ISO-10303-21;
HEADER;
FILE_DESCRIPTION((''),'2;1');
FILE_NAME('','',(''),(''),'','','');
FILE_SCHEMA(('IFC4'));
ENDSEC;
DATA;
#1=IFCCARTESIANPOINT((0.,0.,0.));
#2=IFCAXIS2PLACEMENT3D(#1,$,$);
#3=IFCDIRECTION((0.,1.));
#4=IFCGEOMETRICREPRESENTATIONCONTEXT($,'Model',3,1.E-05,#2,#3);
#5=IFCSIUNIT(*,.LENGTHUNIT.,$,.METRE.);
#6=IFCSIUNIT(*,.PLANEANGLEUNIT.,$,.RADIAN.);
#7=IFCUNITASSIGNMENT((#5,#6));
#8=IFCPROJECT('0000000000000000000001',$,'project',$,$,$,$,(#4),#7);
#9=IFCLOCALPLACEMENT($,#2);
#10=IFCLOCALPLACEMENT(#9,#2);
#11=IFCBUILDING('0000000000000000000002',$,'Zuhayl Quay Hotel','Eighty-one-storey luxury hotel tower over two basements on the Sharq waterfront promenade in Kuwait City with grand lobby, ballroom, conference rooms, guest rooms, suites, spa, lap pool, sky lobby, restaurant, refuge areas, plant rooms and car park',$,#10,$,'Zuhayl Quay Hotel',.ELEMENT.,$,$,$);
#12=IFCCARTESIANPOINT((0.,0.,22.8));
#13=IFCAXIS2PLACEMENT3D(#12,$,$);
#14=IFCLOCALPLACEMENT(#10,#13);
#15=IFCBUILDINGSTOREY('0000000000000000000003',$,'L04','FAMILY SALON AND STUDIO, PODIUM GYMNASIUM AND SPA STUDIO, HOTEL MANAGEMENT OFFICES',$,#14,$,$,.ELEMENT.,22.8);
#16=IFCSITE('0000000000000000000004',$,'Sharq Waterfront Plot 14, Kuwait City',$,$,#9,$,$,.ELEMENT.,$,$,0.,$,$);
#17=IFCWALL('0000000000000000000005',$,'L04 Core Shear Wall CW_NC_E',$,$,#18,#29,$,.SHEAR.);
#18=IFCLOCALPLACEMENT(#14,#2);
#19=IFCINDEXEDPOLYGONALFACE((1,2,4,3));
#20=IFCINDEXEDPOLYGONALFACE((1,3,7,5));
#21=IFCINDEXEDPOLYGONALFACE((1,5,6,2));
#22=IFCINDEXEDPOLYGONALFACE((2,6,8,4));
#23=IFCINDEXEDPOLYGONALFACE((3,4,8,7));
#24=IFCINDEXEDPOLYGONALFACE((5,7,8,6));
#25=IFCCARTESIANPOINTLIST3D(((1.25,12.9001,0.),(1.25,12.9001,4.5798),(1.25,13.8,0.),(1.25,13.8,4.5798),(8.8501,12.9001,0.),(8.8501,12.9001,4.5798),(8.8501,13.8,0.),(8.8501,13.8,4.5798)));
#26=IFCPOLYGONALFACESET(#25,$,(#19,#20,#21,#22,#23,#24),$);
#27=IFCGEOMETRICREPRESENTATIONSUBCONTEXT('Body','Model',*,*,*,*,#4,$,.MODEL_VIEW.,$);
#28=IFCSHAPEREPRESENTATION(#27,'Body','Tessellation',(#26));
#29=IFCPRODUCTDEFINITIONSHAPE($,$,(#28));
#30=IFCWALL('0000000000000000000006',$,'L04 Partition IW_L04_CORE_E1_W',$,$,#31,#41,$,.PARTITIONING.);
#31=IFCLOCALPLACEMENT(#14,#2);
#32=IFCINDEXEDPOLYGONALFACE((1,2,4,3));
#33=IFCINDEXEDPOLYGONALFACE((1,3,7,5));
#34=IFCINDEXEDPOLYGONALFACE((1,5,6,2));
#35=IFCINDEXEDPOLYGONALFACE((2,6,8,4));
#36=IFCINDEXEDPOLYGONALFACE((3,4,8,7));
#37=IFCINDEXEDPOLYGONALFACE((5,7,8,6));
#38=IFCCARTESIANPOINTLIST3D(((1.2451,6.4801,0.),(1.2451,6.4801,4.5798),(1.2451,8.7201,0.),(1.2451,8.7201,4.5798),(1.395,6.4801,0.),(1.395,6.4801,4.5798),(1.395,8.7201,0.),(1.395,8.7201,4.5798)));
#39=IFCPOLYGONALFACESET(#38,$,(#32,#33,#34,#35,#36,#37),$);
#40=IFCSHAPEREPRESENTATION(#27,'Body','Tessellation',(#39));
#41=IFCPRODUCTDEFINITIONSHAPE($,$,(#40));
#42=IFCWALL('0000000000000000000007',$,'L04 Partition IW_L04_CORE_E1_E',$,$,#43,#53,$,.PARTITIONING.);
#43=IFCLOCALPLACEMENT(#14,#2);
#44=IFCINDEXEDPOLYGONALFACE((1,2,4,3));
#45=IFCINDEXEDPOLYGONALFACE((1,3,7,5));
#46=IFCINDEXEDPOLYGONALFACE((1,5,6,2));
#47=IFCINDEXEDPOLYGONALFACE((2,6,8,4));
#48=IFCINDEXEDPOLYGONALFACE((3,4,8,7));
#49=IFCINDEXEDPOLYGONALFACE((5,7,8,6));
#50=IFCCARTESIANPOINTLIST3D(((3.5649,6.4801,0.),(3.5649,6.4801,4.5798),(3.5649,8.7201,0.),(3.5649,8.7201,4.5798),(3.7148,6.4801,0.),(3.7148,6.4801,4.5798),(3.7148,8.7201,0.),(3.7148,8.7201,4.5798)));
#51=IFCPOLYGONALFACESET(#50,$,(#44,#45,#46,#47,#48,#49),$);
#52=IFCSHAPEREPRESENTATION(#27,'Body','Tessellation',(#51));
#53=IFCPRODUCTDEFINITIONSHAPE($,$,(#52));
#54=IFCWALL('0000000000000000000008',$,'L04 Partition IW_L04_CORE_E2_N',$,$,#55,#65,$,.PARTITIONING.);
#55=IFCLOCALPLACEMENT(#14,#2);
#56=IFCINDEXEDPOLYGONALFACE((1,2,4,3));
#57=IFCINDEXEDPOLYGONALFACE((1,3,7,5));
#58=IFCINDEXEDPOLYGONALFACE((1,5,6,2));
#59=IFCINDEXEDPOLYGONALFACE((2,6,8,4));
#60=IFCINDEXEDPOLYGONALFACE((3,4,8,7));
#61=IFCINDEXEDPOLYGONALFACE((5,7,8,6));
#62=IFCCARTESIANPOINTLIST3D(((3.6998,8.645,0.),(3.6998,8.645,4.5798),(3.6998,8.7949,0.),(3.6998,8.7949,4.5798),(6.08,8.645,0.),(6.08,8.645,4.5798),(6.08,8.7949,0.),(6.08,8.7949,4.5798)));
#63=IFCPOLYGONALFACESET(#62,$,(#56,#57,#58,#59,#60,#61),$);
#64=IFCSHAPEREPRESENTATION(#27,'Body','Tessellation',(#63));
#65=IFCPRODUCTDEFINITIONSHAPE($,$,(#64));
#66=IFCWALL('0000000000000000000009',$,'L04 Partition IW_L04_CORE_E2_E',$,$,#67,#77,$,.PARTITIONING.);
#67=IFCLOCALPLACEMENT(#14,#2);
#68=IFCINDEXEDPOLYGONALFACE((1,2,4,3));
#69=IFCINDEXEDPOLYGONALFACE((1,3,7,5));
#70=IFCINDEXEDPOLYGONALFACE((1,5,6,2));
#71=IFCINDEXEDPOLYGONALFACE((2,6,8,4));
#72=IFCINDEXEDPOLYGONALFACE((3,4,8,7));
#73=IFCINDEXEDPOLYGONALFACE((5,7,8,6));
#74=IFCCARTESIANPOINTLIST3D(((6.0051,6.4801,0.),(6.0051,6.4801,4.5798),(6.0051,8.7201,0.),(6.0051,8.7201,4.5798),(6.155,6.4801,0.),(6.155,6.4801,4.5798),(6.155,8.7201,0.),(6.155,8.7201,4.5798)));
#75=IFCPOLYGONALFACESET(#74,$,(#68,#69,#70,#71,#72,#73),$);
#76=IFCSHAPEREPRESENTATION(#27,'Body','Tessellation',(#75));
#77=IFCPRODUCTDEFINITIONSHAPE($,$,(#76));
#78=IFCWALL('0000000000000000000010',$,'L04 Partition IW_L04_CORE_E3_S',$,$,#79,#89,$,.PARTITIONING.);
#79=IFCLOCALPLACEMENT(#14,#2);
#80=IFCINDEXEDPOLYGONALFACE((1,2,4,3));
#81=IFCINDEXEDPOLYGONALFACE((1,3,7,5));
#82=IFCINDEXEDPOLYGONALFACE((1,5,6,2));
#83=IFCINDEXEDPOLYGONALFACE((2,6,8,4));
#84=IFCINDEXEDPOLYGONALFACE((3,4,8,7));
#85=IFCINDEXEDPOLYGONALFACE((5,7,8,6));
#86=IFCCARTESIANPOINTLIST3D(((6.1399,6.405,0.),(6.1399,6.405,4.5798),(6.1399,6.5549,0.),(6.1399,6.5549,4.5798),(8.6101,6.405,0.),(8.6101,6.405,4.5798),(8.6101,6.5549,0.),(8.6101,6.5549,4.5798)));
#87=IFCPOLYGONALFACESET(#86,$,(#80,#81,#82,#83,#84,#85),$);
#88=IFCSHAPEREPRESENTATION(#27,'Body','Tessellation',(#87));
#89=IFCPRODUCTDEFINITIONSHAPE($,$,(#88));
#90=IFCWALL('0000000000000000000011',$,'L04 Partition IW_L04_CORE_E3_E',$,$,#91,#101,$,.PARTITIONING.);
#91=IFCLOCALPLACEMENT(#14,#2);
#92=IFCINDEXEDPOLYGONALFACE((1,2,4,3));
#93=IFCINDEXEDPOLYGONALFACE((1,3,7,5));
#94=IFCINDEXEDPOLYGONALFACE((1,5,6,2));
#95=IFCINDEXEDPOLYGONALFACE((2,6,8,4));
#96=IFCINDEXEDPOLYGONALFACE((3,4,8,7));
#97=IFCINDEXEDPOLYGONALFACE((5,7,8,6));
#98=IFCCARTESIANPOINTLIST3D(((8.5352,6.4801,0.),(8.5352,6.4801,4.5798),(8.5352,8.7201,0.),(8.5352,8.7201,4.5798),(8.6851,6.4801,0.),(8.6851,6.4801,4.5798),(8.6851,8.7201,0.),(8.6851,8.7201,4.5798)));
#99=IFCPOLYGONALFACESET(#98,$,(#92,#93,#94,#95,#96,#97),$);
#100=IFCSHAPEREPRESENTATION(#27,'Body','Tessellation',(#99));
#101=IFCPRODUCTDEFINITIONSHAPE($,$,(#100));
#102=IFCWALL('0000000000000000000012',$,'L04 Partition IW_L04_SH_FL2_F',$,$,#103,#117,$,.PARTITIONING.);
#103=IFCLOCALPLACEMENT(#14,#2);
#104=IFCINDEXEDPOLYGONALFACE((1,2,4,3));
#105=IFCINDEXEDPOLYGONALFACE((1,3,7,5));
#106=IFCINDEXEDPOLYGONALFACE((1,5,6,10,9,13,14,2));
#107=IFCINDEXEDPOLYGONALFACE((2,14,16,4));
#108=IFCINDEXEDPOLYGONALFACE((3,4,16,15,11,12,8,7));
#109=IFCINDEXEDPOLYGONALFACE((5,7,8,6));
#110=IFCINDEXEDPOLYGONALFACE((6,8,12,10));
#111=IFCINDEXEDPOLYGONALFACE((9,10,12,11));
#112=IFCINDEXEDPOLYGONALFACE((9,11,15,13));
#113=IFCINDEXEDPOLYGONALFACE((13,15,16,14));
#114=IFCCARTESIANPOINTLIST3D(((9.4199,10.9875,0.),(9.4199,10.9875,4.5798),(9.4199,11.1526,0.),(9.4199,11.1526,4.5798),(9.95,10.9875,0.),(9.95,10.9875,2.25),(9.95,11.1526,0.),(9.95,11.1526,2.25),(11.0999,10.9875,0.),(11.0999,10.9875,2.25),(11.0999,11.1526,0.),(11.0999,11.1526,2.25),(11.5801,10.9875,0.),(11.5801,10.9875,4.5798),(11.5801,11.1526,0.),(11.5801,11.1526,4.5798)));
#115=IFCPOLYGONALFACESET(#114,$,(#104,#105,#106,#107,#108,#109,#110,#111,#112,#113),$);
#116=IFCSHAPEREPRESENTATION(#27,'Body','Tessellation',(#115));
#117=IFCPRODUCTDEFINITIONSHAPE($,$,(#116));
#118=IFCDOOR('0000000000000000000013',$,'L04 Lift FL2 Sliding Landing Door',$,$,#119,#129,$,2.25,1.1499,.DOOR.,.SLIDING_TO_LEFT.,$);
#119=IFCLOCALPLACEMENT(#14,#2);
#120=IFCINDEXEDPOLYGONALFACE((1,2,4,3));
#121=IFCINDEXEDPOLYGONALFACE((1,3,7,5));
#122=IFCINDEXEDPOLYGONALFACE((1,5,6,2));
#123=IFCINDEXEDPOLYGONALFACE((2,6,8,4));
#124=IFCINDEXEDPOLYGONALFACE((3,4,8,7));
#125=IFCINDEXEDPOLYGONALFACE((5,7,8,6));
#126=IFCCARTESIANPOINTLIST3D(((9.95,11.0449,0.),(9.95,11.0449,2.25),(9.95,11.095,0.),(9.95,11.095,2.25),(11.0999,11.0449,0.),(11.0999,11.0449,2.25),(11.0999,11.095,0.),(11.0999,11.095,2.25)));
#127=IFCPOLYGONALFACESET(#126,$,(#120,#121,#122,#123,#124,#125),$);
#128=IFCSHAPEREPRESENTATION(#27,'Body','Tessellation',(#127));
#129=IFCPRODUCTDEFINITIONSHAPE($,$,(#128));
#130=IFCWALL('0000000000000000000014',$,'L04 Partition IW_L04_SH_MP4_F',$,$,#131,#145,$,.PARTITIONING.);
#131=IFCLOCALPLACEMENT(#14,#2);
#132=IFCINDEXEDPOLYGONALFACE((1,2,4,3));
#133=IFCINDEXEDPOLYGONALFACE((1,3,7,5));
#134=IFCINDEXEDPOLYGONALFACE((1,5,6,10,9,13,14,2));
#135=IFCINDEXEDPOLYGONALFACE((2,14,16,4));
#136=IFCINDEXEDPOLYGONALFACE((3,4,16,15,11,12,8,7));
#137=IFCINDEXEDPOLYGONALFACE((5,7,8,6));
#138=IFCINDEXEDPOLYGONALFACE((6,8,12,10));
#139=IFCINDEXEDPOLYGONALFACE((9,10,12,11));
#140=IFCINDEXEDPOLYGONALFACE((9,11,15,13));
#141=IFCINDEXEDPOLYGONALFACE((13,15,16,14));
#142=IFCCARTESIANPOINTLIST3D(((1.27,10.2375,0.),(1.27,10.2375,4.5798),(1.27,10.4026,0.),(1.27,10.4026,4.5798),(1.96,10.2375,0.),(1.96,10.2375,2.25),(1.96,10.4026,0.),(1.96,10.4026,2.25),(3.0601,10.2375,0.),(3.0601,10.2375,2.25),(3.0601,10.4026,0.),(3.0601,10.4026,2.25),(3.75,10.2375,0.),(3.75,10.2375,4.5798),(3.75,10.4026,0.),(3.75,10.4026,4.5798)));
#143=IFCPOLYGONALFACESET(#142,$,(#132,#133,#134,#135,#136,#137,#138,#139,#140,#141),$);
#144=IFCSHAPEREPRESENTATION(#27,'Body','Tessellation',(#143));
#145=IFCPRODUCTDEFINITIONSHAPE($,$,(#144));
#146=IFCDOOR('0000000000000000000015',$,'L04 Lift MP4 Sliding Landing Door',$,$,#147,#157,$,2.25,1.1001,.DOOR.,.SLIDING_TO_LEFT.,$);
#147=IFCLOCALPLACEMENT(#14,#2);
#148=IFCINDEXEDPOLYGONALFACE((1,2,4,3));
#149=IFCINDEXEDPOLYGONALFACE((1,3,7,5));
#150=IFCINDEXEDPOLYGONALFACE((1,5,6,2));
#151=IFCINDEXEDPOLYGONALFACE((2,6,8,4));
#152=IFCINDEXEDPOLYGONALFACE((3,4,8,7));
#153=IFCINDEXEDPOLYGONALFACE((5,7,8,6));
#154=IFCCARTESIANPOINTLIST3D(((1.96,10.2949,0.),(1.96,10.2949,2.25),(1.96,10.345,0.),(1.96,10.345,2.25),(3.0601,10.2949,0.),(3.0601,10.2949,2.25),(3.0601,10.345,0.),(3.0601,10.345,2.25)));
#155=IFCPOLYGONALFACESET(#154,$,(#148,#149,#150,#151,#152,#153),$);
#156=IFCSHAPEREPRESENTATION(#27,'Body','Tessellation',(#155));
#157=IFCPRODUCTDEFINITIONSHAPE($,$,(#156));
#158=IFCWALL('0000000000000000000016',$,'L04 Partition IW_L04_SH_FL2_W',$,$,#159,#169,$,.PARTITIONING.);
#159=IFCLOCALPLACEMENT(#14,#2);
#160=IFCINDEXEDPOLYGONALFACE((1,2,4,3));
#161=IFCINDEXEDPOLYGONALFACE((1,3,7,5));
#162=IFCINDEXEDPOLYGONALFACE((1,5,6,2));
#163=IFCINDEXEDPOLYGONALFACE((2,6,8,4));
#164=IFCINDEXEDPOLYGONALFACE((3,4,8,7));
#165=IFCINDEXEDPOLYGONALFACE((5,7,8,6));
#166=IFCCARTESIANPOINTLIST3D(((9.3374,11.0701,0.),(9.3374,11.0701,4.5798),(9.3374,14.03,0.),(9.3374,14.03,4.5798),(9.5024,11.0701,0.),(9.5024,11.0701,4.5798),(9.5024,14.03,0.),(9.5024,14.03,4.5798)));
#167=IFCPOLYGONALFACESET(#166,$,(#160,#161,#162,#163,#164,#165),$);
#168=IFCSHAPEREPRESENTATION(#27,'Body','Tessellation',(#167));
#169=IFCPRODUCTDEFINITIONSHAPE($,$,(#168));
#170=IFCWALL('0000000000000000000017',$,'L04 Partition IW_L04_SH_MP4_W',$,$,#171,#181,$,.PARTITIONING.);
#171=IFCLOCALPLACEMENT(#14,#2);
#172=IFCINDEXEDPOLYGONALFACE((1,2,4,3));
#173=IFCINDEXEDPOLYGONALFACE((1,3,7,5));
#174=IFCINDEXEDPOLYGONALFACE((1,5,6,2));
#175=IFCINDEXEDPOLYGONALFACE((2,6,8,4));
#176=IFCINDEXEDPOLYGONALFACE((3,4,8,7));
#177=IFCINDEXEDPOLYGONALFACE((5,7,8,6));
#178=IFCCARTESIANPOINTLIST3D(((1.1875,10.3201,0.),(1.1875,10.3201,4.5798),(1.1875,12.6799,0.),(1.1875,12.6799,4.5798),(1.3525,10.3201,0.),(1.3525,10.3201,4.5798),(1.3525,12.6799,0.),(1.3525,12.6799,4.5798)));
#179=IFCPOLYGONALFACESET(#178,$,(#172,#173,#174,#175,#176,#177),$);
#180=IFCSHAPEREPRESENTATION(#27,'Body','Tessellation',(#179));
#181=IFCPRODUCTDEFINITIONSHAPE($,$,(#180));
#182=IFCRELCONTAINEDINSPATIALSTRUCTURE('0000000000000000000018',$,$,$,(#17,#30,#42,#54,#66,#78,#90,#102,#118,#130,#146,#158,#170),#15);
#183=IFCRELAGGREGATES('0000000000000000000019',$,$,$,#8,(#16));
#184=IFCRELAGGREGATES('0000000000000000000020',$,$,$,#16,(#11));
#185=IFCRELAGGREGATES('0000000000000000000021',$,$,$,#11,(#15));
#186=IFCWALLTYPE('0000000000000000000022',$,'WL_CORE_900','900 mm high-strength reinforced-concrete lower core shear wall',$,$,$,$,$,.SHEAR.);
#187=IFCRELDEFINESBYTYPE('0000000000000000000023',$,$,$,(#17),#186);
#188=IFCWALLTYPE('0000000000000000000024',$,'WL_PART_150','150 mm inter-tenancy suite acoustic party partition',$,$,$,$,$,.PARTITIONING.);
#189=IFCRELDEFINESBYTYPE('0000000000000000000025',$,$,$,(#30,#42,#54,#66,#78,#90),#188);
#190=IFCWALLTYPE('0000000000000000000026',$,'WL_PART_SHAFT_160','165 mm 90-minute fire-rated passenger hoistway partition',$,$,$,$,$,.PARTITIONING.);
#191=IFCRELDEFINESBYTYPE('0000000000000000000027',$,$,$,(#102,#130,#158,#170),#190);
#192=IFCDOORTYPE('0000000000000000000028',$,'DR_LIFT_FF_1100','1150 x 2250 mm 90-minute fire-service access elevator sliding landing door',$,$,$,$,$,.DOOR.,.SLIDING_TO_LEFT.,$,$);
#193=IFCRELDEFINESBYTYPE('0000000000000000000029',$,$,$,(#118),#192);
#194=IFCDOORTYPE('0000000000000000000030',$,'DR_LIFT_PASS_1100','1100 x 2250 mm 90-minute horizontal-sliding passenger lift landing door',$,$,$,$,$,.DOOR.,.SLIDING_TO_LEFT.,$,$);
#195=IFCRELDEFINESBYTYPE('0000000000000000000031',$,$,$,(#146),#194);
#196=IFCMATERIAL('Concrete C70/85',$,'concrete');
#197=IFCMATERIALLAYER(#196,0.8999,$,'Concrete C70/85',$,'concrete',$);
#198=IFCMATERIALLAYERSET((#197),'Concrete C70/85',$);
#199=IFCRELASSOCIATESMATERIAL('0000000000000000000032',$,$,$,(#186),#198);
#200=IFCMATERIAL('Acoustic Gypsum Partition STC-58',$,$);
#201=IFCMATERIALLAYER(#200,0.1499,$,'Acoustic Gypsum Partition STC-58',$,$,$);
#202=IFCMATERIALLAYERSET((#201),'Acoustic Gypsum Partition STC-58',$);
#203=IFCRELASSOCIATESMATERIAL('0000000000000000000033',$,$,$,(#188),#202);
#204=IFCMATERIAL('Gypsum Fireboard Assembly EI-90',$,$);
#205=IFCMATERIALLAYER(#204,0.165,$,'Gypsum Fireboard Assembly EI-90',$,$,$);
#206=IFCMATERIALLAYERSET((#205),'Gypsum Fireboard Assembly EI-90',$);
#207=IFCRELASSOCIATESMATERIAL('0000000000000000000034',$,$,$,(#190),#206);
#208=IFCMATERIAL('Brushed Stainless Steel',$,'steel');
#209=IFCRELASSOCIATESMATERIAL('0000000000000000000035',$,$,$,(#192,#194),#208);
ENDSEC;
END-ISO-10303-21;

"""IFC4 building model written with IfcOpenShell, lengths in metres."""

from ifc_helpers import new_model, si_unit, direction, frame, frame_2d, origin, place, context, subcontext, project, spatial, rectangle, extrude, material, layer, layer_set, type_object, element, fill, save


model = new_model("IFC4")

# Units and contexts
model_context = context("Model", 3, precision=1e-05, world=origin(), true_north=direction((0.0, 1.0)))
body_context = subcontext(model_context, "Body", "Model", "MODEL_VIEW")
ifc_project = project(units=[si_unit("LENGTHUNIT", "METRE"), si_unit("PLANEANGLEUNIT", "RADIAN")], contexts=[model_context])

# Site, building, storey
site_placement = place(None, origin())
site = spatial("IfcSite", under=ifc_project, at=site_placement, Name="Sharq Waterfront Plot 14, Kuwait City", CompositionType="ELEMENT", RefElevation=0.0)
building_placement = place(site_placement, origin())
building = spatial("IfcBuilding", under=site, at=building_placement, Name="Zuhayl Quay Hotel", Description="Eighty-one-storey luxury hotel tower over two basements on the Sharq waterfront promenade in Kuwait City with grand lobby, ballroom, conference rooms, guest rooms, suites, spa, lap pool, sky lobby, restaurant, refuge areas, plant rooms and car park", LongName="Zuhayl Quay Hotel", CompositionType="ELEMENT")
storey_placement = place(building_placement, frame((0.0, 0.0, 22.8)))
storey = spatial("IfcBuildingStorey", under=building, at=storey_placement, Name="L04", Description="FAMILY SALON AND STUDIO, PODIUM GYMNASIUM AND SPA STUDIO, HOTEL MANAGEMENT OFFICES", CompositionType="ELEMENT", Elevation=22.8)

# Wall
ifc_material_1 = material(Name="Concrete C70/85", Category="concrete")
ifc_layer_1 = layer(ifc_material_1, 0.8999, Name="Concrete C70/85", Category="concrete")
ifc_layer_set_1 = layer_set([ifc_layer_1], Name="Concrete C70/85")
wall_type_1 = type_object("IfcWallType", Name="WL_CORE_900", Description="900 mm high-strength reinforced-concrete lower core shear wall", PredefinedType="SHEAR", material=ifc_layer_set_1)
wall_1_placement = place(storey_placement, frame((1.25, 13.3501, 0.0), z_axis=(0.0, 0.0, 1.0), x_axis=(1.0, 0.0, 0.0)))
element("IfcWall", 1, at=wall_1_placement, inside=storey, type_object=wall_type_1, Name="L04 Core Shear Wall CW_NC_E", PredefinedType="SHEAR", context=body_context, shape_type="SweptSolid", body=[
    extrude(rectangle(XDim=7.6001, YDim=0.8999, at=frame_2d((3.8, 0.0))), origin(), (0.0, 0.0, 1.0), 4.5798),
])

# Shared definitions
ifc_material_2 = material(Name="Acoustic Gypsum Partition STC-58")
ifc_layer_2 = layer(ifc_material_2, 0.1499, Name="Acoustic Gypsum Partition STC-58")
ifc_layer_set_2 = layer_set([ifc_layer_2], Name="Acoustic Gypsum Partition STC-58")
wall_type_2 = type_object("IfcWallType", Name="WL_PART_150", Description="150 mm inter-tenancy suite acoustic party partition", PredefinedType="PARTITIONING", material=ifc_layer_set_2)

# Walls
for number, where, z_axis, x_axis, name in (
    (2, (1.3201, 6.48, 0.0), (0.0, 0.0, 1.0), (0.0, 1.0, 0.0), "L04 Partition IW_L04_CORE_E1_W"),
    (3, (3.6399, 6.48, 0.0), (0.0, 0.0, 1.0), (0.0, 1.0, 0.0), "L04 Partition IW_L04_CORE_E1_E"),
):
    element("IfcWall", number, at=place(storey_placement, frame(where, z_axis=z_axis, x_axis=x_axis)), inside=storey, type_object=wall_type_2, Name=name, PredefinedType="PARTITIONING", context=body_context, shape_type="SweptSolid", body=[
        extrude(rectangle(XDim=2.24, YDim=0.1499, at=frame_2d((1.1201, 0.0))), origin(), (0.0, 0.0, 1.0), 4.5798),
    ])
wall_2_placement = place(storey_placement, frame((3.7, 8.72, 0.0), z_axis=(0.0, 0.0, 1.0), x_axis=(1.0, 0.0, 0.0)))
element("IfcWall", 4, at=wall_2_placement, inside=storey, type_object=wall_type_2, Name="L04 Partition IW_L04_CORE_E2_N", PredefinedType="PARTITIONING", context=body_context, shape_type="SweptSolid", body=[
    extrude(rectangle(XDim=2.3801, YDim=0.1499, at=frame_2d((1.1899, 0.0))), origin(), (0.0, 0.0, 1.0), 4.5798),
])
wall_3_placement = place(storey_placement, frame((6.0801, 6.48, 0.0), z_axis=(0.0, 0.0, 1.0), x_axis=(0.0, 1.0, 0.0)))
element("IfcWall", 5, at=wall_3_placement, inside=storey, type_object=wall_type_2, Name="L04 Partition IW_L04_CORE_E2_E", PredefinedType="PARTITIONING", context=body_context, shape_type="SweptSolid", body=[
    extrude(rectangle(XDim=2.24, YDim=0.1499, at=frame_2d((1.1201, 0.0))), origin(), (0.0, 0.0, 1.0), 4.5798),
])
wall_4_placement = place(storey_placement, frame((6.1399, 6.48, 0.0), z_axis=(0.0, 0.0, 1.0), x_axis=(1.0, 0.0, 0.0)))
element("IfcWall", 6, at=wall_4_placement, inside=storey, type_object=wall_type_2, Name="L04 Partition IW_L04_CORE_E3_S", PredefinedType="PARTITIONING", context=body_context, shape_type="SweptSolid", body=[
    extrude(rectangle(XDim=2.4702, YDim=0.1499, at=frame_2d((1.2351, 0.0))), origin(), (0.0, 0.0, 1.0), 4.5798),
])
wall_5_placement = place(storey_placement, frame((8.6101, 6.48, 0.0), z_axis=(0.0, 0.0, 1.0), x_axis=(0.0, 1.0, 0.0)))
element("IfcWall", 7, at=wall_5_placement, inside=storey, type_object=wall_type_2, Name="L04 Partition IW_L04_CORE_E3_E", PredefinedType="PARTITIONING", context=body_context, shape_type="SweptSolid", body=[
    extrude(rectangle(XDim=2.24, YDim=0.1499, at=frame_2d((1.1201, 0.0))), origin(), (0.0, 0.0, 1.0), 4.5798),
])

# Walls, openings, doors
ifc_material_3 = material(Name="Gypsum Fireboard Assembly EI-90")
ifc_layer_3 = layer(ifc_material_3, 0.165, Name="Gypsum Fireboard Assembly EI-90")
ifc_layer_set_3 = layer_set([ifc_layer_3], Name="Gypsum Fireboard Assembly EI-90")
wall_type_3 = type_object("IfcWallType", Name="WL_PART_SHAFT_160", Description="165 mm 90-minute fire-rated passenger hoistway partition", PredefinedType="PARTITIONING", material=ifc_layer_set_3)
wall_6_placement = place(storey_placement, frame((9.4199, 11.0701, 0.0), z_axis=(0.0, 0.0, 1.0), x_axis=(1.0, 0.0, 0.0)))
wall_6 = element("IfcWall", 8, at=wall_6_placement, inside=storey, type_object=wall_type_3, Name="L04 Partition IW_L04_SH_FL2_F", PredefinedType="PARTITIONING", context=body_context, shape_type="SweptSolid", body=[
    extrude(rectangle(XDim=2.1602, YDim=0.165, at=frame_2d((1.0801, 0.0))), origin(), (0.0, 0.0, 1.0), 4.5798),
])
opening_1_placement = place(wall_6_placement, frame((0.53, 0.0, 0.0)))
opening_1 = element("IfcOpeningElement", 9, at=opening_1_placement, cuts=wall_6, PredefinedType="OPENING", context=body_context, shape_type="SweptSolid", body=[
    extrude(rectangle(XDim=1.1499, YDim=2.25, at=frame_2d((0.575, 1.125))), frame((0.0, 0.0925, 0.0), z_axis=(0.0, -1.0, 0.0), x_axis=(1.0, 0.0, 0.0)), (0.0, 0.0, 1.0), 0.1851),
])
ifc_material_4 = material(Name="Brushed Stainless Steel", Category="steel")
door_type_1 = type_object("IfcDoorType", Name="DR_LIFT_FF_1100", Description="1150 x 2250 mm 90-minute fire-service access elevator sliding landing door", OperationType="SLIDING_TO_LEFT", PredefinedType="DOOR", material=ifc_material_4)
door_1_placement = place(opening_1_placement, origin())
door_1 = element("IfcDoor", 10, at=door_1_placement, inside=storey, type_object=door_type_1, Name="L04 Lift FL2 Sliding Landing Door", OperationType="SLIDING_TO_LEFT", OverallHeight=2.25, OverallWidth=1.1499, PredefinedType="DOOR", context=body_context, shape_type="SweptSolid", body=[
    extrude(rectangle(XDim=1.1499, YDim=2.25, at=frame_2d((0.575, 1.125))), frame((0.0, 0.0249, 0.0), z_axis=(0.0, -1.0, 0.0), x_axis=(1.0, 0.0, 0.0)), (0.0, 0.0, 1.0), 0.05),
])
fill(opening_1, door_1)
wall_7_placement = place(storey_placement, frame((1.27, 10.3201, 0.0), z_axis=(0.0, 0.0, 1.0), x_axis=(1.0, 0.0, 0.0)))
wall_7 = element("IfcWall", 11, at=wall_7_placement, inside=storey, type_object=wall_type_3, Name="L04 Partition IW_L04_SH_MP4_F", PredefinedType="PARTITIONING", context=body_context, shape_type="SweptSolid", body=[
    extrude(rectangle(XDim=2.48, YDim=0.165, at=frame_2d((1.24, 0.0))), origin(), (0.0, 0.0, 1.0), 4.5798),
])
opening_2_placement = place(wall_7_placement, frame((0.6899, 0.0, 0.0)))
opening_2 = element("IfcOpeningElement", 12, at=opening_2_placement, cuts=wall_7, PredefinedType="OPENING", context=body_context, shape_type="SweptSolid", body=[
    extrude(rectangle(XDim=1.1001, YDim=2.25, at=frame_2d((0.55, 1.125))), frame((0.0, 0.0925, 0.0), z_axis=(0.0, -1.0, 0.0), x_axis=(1.0, 0.0, 0.0)), (0.0, 0.0, 1.0), 0.1851),
])
door_type_2 = type_object("IfcDoorType", Name="DR_LIFT_PASS_1100", Description="1100 x 2250 mm 90-minute horizontal-sliding passenger lift landing door", OperationType="SLIDING_TO_LEFT", PredefinedType="DOOR", material=ifc_material_4)
door_2_placement = place(opening_2_placement, origin())
door_2 = element("IfcDoor", 13, at=door_2_placement, inside=storey, type_object=door_type_2, Name="L04 Lift MP4 Sliding Landing Door", OperationType="SLIDING_TO_LEFT", OverallHeight=2.25, OverallWidth=1.1001, PredefinedType="DOOR", context=body_context, shape_type="SweptSolid", body=[
    extrude(rectangle(XDim=1.1001, YDim=2.25, at=frame_2d((0.55, 1.125))), frame((0.0, 0.0249, 0.0), z_axis=(0.0, -1.0, 0.0), x_axis=(1.0, 0.0, 0.0)), (0.0, 0.0, 1.0), 0.05),
])
fill(opening_2, door_2)

# Walls
wall_8_placement = place(storey_placement, frame((9.4199, 11.0701, 0.0), z_axis=(0.0, 0.0, 1.0), x_axis=(0.0, 1.0, 0.0)))
element("IfcWall", 14, at=wall_8_placement, inside=storey, type_object=wall_type_3, Name="L04 Partition IW_L04_SH_FL2_W", PredefinedType="PARTITIONING", context=body_context, shape_type="SweptSolid", body=[
    extrude(rectangle(XDim=2.96, YDim=0.165, at=frame_2d((1.48, 0.0))), origin(), (0.0, 0.0, 1.0), 4.5798),
])
for number, where, z_axis, x_axis, name in (
    (15, (1.27, 10.3201, 0.0), (0.0, 0.0, 1.0), (0.0, 1.0, 0.0), "L04 Partition IW_L04_SH_MP4_W"),
):
    element("IfcWall", number, at=place(storey_placement, frame(where, z_axis=z_axis, x_axis=x_axis)), inside=storey, type_object=wall_type_3, Name=name, PredefinedType="PARTITIONING", context=body_context, shape_type="SweptSolid", body=[
        extrude(rectangle(XDim=2.3599, YDim=0.165, at=frame_2d((1.1799, 0.0))), origin(), (0.0, 0.0, 1.0), 4.5798),
    ])

save(model, "model.ifc")
